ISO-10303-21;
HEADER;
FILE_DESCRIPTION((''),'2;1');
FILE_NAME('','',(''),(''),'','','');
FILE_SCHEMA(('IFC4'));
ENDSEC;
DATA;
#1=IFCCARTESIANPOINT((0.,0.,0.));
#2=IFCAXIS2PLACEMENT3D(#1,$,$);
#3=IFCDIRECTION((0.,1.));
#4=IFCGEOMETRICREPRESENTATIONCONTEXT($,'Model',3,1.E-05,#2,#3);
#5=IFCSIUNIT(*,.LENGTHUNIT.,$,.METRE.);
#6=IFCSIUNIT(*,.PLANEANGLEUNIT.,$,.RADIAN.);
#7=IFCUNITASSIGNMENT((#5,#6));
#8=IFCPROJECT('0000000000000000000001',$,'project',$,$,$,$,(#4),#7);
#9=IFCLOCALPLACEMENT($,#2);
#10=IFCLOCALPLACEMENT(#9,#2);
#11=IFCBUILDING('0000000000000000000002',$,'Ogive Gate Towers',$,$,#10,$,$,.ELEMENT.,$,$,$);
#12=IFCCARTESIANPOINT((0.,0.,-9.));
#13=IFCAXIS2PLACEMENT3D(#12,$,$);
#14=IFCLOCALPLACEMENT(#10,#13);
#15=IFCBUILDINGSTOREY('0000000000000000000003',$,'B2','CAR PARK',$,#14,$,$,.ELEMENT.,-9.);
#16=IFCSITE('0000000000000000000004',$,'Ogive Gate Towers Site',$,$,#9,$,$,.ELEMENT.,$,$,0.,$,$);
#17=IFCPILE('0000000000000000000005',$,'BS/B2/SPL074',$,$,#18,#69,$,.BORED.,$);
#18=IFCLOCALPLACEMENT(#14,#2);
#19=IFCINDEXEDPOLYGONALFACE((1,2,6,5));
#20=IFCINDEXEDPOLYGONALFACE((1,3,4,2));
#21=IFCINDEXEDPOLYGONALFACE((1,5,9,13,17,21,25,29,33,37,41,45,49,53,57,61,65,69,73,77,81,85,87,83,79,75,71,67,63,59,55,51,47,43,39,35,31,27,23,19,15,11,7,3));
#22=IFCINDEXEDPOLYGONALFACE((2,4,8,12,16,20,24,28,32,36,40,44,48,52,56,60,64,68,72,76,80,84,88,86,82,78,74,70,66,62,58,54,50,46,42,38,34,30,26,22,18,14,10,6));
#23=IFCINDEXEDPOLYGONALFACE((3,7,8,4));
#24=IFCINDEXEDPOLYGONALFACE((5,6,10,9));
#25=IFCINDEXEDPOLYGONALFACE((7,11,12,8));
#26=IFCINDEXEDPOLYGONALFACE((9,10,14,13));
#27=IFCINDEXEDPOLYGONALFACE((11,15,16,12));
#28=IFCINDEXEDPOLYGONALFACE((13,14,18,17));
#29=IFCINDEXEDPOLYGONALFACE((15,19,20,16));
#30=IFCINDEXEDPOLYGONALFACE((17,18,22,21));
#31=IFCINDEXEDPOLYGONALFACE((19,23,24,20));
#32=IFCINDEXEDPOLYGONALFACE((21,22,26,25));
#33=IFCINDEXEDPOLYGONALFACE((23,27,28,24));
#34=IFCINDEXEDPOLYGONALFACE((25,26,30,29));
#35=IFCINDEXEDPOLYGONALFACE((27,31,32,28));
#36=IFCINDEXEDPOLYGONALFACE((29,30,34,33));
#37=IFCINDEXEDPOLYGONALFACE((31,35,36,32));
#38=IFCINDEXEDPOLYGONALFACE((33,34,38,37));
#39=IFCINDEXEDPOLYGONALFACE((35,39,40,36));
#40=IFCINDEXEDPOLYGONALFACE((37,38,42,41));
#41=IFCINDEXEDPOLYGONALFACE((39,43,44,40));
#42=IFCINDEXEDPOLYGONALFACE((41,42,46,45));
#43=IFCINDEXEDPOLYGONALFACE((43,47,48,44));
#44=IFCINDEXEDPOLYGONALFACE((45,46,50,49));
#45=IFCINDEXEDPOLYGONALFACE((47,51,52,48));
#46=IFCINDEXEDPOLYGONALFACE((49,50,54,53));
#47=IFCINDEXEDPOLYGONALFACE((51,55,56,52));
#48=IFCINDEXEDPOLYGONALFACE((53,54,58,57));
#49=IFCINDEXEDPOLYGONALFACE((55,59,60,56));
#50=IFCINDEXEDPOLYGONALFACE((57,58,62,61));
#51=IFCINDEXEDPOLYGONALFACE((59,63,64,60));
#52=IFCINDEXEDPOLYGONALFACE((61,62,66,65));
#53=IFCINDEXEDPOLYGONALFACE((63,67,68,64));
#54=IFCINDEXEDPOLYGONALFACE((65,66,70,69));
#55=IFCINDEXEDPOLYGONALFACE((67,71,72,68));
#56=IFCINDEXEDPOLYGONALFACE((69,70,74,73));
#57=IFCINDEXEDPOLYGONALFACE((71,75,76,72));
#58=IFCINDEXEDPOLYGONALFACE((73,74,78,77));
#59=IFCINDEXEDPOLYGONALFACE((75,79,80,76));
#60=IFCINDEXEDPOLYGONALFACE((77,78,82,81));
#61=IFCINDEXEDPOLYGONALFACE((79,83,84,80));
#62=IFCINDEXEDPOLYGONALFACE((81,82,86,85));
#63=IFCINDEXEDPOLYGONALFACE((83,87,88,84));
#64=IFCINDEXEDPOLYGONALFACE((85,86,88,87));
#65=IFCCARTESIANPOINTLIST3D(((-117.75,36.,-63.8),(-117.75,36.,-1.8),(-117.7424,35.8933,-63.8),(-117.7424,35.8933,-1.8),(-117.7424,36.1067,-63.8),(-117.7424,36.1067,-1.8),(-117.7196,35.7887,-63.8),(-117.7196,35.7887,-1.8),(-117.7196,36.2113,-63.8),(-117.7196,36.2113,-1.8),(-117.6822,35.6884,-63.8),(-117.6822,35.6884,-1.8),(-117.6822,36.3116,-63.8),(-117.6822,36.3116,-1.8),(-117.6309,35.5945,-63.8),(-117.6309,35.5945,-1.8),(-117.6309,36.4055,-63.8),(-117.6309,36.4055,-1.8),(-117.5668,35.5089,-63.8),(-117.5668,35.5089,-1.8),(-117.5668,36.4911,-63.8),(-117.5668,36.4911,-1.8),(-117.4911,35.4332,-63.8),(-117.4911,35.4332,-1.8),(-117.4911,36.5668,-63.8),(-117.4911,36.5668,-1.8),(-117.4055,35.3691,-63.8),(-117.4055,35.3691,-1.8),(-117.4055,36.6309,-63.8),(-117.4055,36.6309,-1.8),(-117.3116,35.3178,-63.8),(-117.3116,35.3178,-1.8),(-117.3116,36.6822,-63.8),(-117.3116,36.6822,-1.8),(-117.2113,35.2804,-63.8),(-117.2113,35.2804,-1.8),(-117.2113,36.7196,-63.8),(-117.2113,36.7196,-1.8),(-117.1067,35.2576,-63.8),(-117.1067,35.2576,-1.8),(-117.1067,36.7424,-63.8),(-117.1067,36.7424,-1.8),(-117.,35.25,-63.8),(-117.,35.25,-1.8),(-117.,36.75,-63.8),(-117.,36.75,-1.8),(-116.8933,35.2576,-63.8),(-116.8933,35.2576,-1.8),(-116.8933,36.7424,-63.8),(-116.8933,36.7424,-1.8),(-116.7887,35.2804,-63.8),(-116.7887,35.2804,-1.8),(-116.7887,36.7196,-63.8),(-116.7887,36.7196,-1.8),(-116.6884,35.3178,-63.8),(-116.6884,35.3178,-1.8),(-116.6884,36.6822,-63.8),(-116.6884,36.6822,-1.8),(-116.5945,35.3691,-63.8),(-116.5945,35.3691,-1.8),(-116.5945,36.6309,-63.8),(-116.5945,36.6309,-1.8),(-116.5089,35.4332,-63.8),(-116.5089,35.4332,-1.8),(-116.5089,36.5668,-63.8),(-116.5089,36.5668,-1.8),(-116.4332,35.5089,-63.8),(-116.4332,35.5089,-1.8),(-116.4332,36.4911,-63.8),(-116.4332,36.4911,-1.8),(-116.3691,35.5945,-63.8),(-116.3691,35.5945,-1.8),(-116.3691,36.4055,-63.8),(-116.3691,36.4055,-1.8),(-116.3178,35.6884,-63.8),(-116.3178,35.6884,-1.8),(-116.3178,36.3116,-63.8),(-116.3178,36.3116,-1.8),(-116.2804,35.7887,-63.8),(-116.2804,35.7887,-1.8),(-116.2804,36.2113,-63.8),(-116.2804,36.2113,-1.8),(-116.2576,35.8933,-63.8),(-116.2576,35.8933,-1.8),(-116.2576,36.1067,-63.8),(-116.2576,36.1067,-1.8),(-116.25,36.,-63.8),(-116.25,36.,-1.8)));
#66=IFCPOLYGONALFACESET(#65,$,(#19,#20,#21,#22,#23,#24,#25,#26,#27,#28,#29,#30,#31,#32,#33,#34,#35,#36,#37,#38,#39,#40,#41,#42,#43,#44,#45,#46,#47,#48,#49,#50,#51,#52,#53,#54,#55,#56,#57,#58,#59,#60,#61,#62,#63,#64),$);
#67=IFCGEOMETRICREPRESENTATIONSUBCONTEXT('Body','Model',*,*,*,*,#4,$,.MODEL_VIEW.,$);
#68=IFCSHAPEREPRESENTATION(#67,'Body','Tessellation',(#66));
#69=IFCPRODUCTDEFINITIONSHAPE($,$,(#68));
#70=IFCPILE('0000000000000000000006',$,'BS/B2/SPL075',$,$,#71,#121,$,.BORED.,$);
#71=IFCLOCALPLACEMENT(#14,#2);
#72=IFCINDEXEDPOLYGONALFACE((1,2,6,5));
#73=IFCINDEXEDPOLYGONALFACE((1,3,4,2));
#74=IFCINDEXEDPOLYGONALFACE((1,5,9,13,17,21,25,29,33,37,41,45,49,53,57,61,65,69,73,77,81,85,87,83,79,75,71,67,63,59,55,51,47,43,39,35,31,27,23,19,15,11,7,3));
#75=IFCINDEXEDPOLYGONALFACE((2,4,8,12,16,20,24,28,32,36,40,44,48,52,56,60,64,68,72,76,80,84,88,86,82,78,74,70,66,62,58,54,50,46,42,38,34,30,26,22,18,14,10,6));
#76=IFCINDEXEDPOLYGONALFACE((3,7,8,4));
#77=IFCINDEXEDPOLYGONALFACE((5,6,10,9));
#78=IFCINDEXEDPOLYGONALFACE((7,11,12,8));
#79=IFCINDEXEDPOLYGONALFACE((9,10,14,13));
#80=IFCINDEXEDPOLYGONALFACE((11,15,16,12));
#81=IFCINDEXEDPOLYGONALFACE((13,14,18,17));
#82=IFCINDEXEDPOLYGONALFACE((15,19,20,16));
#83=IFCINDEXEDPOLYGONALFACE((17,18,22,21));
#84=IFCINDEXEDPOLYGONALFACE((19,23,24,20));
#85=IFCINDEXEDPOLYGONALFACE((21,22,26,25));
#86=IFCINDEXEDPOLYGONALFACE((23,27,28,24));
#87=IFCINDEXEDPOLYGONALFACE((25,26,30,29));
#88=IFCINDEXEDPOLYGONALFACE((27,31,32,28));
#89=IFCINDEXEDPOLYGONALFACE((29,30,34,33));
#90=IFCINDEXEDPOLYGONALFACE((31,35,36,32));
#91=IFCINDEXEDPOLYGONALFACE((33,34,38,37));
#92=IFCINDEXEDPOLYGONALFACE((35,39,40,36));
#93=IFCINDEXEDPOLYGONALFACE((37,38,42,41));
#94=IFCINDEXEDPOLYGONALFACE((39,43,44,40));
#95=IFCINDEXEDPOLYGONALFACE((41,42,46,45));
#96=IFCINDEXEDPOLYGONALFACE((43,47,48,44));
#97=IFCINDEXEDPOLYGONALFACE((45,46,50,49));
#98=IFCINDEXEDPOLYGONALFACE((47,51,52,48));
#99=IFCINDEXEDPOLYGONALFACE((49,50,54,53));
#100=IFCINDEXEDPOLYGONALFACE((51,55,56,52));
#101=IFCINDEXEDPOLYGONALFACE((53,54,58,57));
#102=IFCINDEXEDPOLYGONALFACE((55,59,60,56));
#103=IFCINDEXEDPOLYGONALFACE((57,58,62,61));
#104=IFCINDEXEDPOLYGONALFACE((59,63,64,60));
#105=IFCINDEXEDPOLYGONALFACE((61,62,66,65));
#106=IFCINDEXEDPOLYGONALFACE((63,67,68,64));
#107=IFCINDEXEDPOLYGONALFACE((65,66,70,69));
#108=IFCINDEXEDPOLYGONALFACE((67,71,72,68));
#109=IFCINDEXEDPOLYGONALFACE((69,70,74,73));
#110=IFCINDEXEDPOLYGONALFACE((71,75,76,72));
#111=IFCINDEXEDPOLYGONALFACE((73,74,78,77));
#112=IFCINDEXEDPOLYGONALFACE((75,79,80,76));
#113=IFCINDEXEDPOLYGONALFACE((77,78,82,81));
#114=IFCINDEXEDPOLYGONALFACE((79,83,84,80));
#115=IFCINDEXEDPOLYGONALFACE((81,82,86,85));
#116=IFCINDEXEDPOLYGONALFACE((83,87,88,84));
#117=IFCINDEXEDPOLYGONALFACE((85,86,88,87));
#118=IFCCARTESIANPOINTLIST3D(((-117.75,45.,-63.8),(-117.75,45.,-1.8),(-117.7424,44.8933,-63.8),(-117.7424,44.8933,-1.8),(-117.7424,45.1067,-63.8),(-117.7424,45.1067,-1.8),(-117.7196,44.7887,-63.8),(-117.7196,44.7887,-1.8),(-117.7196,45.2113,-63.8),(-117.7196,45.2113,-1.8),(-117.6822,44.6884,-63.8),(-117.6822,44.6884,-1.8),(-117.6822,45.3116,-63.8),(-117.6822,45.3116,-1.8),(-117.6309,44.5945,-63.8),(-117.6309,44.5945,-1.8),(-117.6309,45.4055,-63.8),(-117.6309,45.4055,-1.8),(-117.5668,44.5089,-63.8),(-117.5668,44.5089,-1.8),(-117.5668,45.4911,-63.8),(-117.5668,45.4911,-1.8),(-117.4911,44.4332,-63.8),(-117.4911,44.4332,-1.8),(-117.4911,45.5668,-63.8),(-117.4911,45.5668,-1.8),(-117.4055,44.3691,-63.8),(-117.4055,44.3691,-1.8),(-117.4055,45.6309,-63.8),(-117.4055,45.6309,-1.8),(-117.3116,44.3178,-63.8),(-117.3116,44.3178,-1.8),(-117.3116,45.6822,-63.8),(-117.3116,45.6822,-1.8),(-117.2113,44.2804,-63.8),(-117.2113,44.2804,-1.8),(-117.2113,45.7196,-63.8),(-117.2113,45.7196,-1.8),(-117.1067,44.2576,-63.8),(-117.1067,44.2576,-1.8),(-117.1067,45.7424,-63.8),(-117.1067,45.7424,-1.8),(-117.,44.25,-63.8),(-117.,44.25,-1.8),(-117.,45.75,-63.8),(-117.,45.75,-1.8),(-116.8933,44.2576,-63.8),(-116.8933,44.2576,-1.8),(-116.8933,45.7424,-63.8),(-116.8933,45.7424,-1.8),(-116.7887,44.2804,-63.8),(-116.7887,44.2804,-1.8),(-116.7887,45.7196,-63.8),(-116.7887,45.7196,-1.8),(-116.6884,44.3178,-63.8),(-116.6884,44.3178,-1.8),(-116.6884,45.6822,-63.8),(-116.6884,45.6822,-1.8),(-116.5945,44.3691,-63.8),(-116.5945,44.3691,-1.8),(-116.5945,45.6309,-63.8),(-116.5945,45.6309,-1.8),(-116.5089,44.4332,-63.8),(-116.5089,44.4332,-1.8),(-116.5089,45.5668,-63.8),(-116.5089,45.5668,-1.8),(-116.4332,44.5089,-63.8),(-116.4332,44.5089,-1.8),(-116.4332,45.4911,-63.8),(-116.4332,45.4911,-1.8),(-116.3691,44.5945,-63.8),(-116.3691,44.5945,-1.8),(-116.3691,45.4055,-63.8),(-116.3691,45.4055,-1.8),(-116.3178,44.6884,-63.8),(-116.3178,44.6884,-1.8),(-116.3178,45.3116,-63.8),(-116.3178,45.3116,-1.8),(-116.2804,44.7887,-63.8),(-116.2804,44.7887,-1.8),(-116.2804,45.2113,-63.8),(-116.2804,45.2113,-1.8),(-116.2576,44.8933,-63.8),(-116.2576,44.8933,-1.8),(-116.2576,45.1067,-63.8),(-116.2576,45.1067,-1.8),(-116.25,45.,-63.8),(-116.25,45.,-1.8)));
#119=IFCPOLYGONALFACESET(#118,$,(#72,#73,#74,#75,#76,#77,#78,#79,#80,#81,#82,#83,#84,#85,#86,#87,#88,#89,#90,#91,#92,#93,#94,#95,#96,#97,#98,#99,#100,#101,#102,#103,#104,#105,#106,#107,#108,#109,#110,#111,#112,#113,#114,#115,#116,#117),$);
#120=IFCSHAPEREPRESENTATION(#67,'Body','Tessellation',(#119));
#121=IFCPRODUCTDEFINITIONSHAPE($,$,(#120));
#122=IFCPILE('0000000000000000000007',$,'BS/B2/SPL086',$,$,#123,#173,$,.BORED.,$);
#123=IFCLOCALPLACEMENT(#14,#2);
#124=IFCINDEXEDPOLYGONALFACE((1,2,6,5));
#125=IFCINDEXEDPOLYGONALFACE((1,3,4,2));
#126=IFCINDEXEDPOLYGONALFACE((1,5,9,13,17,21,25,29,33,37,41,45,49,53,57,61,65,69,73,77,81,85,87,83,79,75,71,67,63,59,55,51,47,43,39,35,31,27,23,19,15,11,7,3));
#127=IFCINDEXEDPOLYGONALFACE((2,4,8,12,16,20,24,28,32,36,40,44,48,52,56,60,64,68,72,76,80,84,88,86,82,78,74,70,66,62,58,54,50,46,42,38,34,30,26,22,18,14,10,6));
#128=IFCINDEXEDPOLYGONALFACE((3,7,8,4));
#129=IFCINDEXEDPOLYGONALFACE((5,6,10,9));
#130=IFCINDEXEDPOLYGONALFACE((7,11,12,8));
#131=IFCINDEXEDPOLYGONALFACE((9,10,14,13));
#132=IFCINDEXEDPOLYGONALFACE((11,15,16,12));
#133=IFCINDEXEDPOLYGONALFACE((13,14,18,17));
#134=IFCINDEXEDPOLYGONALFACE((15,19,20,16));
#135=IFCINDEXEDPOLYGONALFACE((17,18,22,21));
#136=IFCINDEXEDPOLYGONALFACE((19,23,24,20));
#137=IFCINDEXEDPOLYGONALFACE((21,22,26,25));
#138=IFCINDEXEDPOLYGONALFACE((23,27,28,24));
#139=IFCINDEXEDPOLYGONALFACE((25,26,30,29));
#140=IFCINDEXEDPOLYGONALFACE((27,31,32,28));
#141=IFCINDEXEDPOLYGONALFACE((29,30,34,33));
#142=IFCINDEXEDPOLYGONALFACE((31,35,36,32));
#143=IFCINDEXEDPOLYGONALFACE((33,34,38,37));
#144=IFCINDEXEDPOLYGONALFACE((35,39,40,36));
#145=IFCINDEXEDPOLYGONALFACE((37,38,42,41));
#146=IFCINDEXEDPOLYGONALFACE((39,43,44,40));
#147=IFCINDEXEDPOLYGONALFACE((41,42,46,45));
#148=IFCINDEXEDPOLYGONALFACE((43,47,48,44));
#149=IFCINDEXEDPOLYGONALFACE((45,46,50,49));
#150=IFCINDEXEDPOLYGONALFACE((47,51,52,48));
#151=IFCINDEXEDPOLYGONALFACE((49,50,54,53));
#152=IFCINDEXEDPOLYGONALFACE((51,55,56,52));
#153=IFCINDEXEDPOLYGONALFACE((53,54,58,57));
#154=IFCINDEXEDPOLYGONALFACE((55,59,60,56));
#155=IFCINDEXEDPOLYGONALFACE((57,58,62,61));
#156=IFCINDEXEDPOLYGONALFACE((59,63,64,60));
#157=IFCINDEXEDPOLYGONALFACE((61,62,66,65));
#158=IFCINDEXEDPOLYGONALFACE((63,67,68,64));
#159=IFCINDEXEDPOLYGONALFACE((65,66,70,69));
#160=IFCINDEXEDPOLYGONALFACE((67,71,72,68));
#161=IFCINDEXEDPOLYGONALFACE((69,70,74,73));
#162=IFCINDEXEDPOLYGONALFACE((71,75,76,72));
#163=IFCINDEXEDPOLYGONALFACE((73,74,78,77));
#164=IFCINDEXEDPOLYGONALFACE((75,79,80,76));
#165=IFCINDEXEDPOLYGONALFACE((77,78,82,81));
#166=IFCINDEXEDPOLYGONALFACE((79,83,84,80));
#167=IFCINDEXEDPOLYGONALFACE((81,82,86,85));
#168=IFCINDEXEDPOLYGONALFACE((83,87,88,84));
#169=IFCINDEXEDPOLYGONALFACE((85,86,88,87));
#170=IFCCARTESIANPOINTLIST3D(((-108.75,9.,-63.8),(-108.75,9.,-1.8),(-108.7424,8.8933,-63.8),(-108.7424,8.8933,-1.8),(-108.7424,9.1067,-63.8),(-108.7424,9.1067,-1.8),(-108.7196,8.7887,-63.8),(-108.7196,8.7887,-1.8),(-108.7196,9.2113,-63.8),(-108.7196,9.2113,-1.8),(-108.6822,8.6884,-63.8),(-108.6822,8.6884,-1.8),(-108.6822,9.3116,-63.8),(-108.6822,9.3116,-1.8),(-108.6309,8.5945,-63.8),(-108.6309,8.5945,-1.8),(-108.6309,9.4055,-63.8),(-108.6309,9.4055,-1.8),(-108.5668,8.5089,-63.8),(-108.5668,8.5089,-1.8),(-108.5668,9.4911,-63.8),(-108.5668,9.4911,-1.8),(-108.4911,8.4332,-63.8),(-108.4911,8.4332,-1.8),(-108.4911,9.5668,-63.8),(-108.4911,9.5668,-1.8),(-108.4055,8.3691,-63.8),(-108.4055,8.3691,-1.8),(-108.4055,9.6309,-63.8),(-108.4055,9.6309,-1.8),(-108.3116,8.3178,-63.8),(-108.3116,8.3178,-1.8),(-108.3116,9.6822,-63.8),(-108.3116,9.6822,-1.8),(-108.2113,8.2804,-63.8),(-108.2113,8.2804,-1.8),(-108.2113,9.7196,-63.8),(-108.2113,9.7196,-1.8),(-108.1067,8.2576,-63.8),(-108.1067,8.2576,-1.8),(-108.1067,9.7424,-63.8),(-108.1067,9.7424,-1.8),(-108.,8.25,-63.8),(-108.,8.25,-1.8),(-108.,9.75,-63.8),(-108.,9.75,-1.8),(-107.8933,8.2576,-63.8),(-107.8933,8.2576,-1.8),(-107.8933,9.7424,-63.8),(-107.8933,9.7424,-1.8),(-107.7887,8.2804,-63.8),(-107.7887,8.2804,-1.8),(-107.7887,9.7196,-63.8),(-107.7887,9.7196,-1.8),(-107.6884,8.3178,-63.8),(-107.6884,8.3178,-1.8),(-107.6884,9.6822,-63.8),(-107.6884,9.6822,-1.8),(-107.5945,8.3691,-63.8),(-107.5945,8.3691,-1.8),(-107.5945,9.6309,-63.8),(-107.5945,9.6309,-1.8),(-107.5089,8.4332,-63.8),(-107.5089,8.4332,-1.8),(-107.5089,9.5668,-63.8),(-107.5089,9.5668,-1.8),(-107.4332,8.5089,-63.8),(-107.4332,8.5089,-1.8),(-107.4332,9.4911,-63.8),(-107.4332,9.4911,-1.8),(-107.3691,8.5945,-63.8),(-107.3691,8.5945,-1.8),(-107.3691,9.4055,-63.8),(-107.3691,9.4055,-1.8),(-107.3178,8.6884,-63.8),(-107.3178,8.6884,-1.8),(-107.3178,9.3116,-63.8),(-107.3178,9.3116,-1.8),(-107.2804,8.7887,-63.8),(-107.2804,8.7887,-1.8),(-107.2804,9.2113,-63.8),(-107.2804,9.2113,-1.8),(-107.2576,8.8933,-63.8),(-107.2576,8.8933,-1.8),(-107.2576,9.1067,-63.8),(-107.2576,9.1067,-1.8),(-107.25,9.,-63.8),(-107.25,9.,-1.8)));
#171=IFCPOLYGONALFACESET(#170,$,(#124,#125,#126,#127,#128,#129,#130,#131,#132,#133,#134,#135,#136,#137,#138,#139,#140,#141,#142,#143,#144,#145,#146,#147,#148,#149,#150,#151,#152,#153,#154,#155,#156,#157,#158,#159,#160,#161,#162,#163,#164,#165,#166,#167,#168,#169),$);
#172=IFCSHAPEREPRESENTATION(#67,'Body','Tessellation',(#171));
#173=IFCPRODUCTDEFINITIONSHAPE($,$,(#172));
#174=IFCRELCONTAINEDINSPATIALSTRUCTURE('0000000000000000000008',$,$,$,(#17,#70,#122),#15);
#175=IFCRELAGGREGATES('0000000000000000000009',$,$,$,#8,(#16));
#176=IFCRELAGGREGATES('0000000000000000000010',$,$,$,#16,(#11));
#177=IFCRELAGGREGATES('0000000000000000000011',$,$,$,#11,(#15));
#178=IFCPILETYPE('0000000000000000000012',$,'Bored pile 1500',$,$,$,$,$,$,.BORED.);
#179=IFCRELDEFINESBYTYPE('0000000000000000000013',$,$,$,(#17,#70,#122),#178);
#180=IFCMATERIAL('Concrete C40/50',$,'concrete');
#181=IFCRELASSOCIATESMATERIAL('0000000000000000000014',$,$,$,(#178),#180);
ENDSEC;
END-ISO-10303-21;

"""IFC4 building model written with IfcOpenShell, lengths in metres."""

from ifc_helpers import new_model, si_unit, direction, frame, origin, origin_2d, place, context, subcontext, project, spatial, circle, extrude, material, material_profile, profile_set, type_object, element, save


model = new_model("IFC4")

# Units and contexts
model_context = context("Model", 3, precision=1e-05, world=origin(), true_north=direction((0.0, 1.0)))
body_context = subcontext(model_context, "Body", "Model", "MODEL_VIEW")
ifc_project = project(units=[si_unit("LENGTHUNIT", "METRE"), si_unit("PLANEANGLEUNIT", "RADIAN")], contexts=[model_context])

# Site, building, storey
site_placement = place(None, origin())
site = spatial("IfcSite", under=ifc_project, at=site_placement, Name="Ogive Gate Towers Site", CompositionType="ELEMENT", RefElevation=0.0)
building_placement = place(site_placement, origin())
building = spatial("IfcBuilding", under=site, at=building_placement, Name="Ogive Gate Towers", CompositionType="ELEMENT")
storey_placement = place(building_placement, frame((0.0, 0.0, -9.0)))
storey = spatial("IfcBuildingStorey", under=building, at=storey_placement, Name="B2", Description="CAR PARK", CompositionType="ELEMENT", Elevation=-9.0)

# Piles
ifc_material_1 = material(Name="Concrete C40/50", Category="concrete")
ifc_material_profile_1 = material_profile(ifc_material_1, circle(Radius=0.75, at=origin_2d()), Name="BP 1500")
ifc_profile_set_1 = profile_set([ifc_material_profile_1], Name="Concrete C40/50")
pile_type = type_object("IfcPileType", Name="Bored pile 1500", PredefinedType="BORED", material=ifc_profile_set_1)
for number, where, z_axis, x_axis, name in (
    (1, (-117.0, 36.0, -1.8), (0.0, 0.0, -1.0), (1.0, 0.0, 0.0), "BS/B2/SPL074"),
    (2, (-117.0, 45.0, -1.8), (0.0, 0.0, -1.0), (1.0, 0.0, 0.0), "BS/B2/SPL075"),
    (3, (-108.0, 9.0, -1.8), (0.0, 0.0, -1.0), (1.0, 0.0, 0.0), "BS/B2/SPL086"),
):
    element("IfcPile", number, at=place(storey_placement, frame(where, z_axis=z_axis, x_axis=x_axis)), inside=storey, type_object=pile_type, Name=name, PredefinedType="BORED", context=body_context, shape_type="SweptSolid", body=[
        extrude(circle(Radius=0.75, at=origin_2d()), origin(), (0.0, 0.0, 1.0), 62.0),
    ])

save(model, "model.ifc")
